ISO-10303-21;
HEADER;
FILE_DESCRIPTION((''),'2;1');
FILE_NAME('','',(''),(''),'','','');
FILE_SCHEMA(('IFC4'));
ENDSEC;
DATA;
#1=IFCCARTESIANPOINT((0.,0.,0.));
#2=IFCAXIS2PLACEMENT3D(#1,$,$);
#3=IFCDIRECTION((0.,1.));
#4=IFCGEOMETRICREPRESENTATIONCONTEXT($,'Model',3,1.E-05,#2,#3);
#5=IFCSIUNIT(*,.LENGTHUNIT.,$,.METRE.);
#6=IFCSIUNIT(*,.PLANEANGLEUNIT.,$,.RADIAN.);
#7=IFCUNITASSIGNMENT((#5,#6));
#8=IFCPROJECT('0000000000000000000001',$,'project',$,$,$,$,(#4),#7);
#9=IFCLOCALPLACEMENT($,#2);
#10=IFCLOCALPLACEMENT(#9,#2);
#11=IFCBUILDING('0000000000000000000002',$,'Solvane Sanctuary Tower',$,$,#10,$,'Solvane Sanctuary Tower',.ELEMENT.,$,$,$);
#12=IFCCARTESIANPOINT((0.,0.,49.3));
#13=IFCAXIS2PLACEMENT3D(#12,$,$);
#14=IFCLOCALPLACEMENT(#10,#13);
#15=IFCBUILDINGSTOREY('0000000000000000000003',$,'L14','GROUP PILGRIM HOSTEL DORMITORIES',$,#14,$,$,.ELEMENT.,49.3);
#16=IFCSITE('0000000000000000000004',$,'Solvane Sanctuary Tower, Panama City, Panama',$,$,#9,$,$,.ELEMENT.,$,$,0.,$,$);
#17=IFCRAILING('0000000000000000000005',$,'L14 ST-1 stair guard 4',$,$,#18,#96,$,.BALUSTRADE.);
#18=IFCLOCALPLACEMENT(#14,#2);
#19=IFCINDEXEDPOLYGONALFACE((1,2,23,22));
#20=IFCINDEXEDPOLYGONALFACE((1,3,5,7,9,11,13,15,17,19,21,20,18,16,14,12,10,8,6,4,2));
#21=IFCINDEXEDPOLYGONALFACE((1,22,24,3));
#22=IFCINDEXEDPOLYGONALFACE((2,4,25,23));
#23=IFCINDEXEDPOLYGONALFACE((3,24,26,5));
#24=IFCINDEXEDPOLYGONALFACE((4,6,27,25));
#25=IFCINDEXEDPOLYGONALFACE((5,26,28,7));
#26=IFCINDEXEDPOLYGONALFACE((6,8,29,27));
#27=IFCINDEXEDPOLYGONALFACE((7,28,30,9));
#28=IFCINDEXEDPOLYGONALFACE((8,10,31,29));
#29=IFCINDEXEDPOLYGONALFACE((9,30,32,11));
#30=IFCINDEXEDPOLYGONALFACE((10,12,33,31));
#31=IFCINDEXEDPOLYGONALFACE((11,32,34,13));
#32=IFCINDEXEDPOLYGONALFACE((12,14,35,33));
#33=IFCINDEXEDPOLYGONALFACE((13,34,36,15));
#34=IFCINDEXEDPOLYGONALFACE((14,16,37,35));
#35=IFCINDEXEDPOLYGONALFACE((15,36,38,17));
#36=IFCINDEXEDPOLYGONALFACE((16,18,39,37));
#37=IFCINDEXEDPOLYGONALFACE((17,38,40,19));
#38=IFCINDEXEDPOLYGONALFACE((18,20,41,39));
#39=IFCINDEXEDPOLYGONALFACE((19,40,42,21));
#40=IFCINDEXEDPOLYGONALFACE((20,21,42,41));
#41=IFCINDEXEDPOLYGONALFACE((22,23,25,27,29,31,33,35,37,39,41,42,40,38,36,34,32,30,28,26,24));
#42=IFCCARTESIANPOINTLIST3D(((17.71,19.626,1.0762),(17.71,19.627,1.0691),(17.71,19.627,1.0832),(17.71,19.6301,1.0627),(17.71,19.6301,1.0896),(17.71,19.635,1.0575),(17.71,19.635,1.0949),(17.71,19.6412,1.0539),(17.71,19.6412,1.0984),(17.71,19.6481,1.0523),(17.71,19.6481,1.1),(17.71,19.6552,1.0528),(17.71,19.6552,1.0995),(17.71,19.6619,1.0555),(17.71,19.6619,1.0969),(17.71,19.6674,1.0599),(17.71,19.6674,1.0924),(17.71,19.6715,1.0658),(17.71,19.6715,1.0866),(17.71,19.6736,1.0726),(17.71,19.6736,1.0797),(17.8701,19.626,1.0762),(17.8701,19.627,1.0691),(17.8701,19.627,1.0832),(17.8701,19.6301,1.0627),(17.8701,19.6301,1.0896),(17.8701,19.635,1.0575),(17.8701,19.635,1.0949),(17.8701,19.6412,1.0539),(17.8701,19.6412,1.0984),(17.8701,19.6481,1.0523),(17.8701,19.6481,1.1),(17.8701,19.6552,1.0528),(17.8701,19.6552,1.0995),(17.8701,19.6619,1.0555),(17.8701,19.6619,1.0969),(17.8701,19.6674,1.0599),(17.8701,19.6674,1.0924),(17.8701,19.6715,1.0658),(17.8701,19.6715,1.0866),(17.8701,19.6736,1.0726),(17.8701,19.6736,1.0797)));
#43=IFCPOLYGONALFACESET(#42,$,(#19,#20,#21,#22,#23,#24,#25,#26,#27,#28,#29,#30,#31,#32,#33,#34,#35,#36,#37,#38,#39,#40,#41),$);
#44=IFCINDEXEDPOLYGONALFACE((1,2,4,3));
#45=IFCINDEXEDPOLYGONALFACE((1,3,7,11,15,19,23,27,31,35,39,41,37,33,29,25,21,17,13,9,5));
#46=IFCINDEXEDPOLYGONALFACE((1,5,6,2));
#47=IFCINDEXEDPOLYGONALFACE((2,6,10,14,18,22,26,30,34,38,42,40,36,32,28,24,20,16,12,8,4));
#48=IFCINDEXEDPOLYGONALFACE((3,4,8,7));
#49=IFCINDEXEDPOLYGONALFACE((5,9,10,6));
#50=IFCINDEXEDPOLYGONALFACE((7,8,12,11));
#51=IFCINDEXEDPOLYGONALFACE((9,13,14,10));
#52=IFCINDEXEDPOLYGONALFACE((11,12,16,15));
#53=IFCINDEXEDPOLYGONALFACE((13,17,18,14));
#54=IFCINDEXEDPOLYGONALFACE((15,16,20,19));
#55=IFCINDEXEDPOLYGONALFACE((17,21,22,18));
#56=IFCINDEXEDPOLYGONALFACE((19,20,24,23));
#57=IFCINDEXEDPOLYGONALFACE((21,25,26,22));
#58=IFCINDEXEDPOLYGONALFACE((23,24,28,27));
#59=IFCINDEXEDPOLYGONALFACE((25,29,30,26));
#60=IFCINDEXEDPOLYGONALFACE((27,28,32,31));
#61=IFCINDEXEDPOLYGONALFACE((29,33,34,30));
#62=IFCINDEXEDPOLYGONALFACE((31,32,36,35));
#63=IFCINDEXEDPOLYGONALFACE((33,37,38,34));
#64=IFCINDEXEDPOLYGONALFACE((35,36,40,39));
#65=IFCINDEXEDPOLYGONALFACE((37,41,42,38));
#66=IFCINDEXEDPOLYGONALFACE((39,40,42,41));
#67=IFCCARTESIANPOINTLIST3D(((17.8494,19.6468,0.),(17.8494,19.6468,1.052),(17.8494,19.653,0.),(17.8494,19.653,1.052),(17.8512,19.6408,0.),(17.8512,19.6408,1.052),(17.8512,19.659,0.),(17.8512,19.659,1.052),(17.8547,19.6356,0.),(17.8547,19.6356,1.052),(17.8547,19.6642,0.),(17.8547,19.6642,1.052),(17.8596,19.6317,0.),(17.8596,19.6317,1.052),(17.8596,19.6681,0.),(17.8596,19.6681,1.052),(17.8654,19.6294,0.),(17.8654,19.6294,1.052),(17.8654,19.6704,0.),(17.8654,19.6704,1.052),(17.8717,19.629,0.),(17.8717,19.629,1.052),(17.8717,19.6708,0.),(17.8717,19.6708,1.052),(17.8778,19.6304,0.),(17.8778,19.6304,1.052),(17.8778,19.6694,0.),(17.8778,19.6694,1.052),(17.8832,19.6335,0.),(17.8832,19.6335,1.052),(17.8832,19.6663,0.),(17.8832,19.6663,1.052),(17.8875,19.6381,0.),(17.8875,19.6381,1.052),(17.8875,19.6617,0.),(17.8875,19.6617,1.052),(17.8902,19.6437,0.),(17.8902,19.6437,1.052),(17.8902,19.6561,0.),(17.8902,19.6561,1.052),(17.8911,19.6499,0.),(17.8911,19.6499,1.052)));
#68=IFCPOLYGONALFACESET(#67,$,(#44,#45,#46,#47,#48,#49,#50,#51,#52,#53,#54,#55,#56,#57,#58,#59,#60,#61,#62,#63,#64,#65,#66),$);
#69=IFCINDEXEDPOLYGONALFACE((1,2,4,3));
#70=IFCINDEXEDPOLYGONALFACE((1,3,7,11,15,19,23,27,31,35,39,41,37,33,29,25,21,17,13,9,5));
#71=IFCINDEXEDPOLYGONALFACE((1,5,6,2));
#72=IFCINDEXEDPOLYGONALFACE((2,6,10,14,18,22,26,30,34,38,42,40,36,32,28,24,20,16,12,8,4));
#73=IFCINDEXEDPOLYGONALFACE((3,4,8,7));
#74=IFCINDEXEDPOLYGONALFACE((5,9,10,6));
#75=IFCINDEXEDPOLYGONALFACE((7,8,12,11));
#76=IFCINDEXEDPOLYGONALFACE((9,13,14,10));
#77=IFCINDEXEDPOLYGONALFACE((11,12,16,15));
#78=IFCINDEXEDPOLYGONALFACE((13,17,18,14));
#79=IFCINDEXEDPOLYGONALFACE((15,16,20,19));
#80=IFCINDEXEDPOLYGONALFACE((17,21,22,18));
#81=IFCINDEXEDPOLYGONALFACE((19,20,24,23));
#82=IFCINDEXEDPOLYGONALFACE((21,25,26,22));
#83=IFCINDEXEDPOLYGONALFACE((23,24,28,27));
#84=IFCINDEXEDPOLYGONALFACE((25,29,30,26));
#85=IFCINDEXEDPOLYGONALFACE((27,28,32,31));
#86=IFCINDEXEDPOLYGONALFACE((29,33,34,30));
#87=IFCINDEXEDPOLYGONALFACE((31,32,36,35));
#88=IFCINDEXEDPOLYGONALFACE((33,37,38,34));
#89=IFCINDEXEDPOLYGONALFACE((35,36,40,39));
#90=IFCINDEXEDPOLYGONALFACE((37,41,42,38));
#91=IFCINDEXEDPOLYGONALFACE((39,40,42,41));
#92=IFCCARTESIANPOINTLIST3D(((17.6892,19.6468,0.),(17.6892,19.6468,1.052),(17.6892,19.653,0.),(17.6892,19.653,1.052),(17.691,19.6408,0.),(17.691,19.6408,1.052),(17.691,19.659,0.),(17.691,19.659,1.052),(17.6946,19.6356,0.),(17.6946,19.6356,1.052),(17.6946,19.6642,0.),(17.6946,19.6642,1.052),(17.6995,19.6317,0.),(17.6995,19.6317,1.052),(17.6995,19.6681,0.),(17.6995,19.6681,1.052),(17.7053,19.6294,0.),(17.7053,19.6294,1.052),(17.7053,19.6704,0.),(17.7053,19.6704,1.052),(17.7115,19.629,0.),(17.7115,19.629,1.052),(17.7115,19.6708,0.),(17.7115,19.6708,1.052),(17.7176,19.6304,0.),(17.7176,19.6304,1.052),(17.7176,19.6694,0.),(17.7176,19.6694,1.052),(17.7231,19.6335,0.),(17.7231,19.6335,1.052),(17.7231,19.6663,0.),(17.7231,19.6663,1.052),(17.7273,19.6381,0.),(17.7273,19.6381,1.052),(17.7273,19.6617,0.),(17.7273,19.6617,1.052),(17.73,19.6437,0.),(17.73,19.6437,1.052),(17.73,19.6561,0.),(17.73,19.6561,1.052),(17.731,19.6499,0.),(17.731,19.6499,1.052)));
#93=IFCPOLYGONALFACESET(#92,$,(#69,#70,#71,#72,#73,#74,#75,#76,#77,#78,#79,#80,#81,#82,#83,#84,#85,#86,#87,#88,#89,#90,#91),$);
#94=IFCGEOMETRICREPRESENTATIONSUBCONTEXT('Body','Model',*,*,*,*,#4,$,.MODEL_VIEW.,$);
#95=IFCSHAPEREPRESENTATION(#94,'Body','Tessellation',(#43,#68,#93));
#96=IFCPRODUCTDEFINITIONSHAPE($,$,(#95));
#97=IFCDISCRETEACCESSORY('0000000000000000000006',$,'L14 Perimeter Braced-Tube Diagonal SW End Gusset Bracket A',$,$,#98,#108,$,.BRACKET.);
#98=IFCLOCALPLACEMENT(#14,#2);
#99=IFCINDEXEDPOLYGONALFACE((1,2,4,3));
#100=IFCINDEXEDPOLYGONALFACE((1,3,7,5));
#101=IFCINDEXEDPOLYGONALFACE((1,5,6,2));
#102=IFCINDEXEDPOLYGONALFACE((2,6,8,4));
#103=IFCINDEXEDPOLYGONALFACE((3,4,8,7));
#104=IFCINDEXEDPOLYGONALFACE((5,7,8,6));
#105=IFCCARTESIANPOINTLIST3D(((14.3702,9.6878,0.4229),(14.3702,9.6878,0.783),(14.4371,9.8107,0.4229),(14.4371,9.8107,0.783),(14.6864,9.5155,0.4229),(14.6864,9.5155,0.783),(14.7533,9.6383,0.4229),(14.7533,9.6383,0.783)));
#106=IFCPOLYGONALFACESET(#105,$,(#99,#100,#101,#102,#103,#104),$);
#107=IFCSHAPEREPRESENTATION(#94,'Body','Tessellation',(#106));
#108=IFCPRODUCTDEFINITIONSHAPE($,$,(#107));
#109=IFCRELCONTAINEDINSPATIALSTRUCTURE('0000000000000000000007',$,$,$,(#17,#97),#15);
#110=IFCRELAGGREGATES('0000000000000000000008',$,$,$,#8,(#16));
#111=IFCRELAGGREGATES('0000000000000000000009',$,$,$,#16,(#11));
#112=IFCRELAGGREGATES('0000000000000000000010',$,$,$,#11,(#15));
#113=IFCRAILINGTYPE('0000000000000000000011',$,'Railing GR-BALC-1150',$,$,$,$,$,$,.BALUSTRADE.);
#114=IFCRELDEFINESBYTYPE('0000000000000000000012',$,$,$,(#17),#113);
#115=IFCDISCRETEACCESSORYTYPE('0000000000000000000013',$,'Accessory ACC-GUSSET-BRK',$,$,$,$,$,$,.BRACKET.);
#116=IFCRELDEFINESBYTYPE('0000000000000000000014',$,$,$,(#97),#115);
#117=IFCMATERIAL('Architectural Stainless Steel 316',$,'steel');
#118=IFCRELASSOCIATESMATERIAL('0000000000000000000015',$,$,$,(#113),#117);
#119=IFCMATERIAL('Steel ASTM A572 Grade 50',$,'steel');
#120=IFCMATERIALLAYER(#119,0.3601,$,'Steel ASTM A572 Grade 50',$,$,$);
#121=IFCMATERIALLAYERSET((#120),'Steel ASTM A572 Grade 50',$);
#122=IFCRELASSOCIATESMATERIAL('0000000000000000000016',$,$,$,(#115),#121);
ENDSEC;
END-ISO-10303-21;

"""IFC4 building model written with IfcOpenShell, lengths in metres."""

from ifc_helpers import new_model, si_unit, direction, frame, origin, origin_2d, place, context, subcontext, project, spatial, rectangle, circle, extrude, material, layer, layer_set, type_object, element, save


model = new_model("IFC4")

# Units and contexts
model_context = context("Model", 3, precision=1e-05, world=origin(), true_north=direction((0.0, 1.0)))
body_context = subcontext(model_context, "Body", "Model", "MODEL_VIEW")
ifc_project = project(units=[si_unit("LENGTHUNIT", "METRE"), si_unit("PLANEANGLEUNIT", "RADIAN")], contexts=[model_context])

# Site, building, storey
site_placement = place(None, origin())
site = spatial("IfcSite", under=ifc_project, at=site_placement, Name="Solvane Sanctuary Tower, Panama City, Panama", CompositionType="ELEMENT", RefElevation=0.0)
building_placement = place(site_placement, origin())
building = spatial("IfcBuilding", under=site, at=building_placement, Name="Solvane Sanctuary Tower", LongName="Solvane Sanctuary Tower", CompositionType="ELEMENT")
storey_placement = place(building_placement, frame((0.0, 0.0, 49.3)))
storey = spatial("IfcBuildingStorey", under=building, at=storey_placement, Name="L14", Description="GROUP PILGRIM HOSTEL DORMITORIES", CompositionType="ELEMENT", Elevation=49.3)

# Shared definitions
ifc_material_1 = material(Name="Architectural Stainless Steel 316", Category="steel")

# Railing
railing_type = type_object("IfcRailingType", Name="Railing GR-BALC-1150", PredefinedType="BALUSTRADE", material=ifc_material_1)
railing_1_placement = place(storey_placement, frame((17.8701, 19.6499, 0.0)))
element("IfcRailing", 1, at=railing_1_placement, inside=storey, type_object=railing_type, Name="L14 ST-1 stair guard 4", PredefinedType="BALUSTRADE", context=body_context, shape_type="SweptSolid", body=[
    extrude(circle(Radius=0.0239, at=origin_2d()), frame((0.0, 0.0, 1.0762), z_axis=(-1.0, 0.0, 0.0), x_axis=(0.0, -1.0, 0.0)), (0.0, 0.0, 1.0), 0.1602),
    extrude(circle(Radius=0.021, at=origin_2d()), origin(), (0.0, 0.0, 1.0), 1.052),
    extrude(circle(Radius=0.021, at=origin_2d()), frame((-0.1602, 0.0, 0.0)), (0.0, 0.0, 1.0), 1.052),
])

# Discrete accessory
ifc_material_2 = material(Name="Steel ASTM A572 Grade 50", Category="steel")
ifc_layer_1 = layer(ifc_material_2, 0.3601, Name="Steel ASTM A572 Grade 50")
ifc_layer_set_1 = layer_set([ifc_layer_1], Name="Steel ASTM A572 Grade 50")
discrete_accessory_type = type_object("IfcDiscreteAccessoryType", Name="Accessory ACC-GUSSET-BRK", PredefinedType="BRACKET", material=ifc_layer_set_1)
discrete_accessory_placement = place(storey_placement, frame((14.5618, 9.6631, 0.4229), z_axis=(0.0, 0.0, 1.0), x_axis=(0.878067, -0.478539, 0.0)))
element("IfcDiscreteAccessory", 2, at=discrete_accessory_placement, inside=storey, type_object=discrete_accessory_type, Name="L14 Perimeter Braced-Tube Diagonal SW End Gusset Bracket A", PredefinedType="BRACKET", context=body_context, shape_type="SweptSolid", body=[
    extrude(rectangle(XDim=0.3601, YDim=0.1399, at=origin_2d()), origin(), (0.0, 0.0, 1.0), 0.3601),
])

save(model, "model.ifc")
